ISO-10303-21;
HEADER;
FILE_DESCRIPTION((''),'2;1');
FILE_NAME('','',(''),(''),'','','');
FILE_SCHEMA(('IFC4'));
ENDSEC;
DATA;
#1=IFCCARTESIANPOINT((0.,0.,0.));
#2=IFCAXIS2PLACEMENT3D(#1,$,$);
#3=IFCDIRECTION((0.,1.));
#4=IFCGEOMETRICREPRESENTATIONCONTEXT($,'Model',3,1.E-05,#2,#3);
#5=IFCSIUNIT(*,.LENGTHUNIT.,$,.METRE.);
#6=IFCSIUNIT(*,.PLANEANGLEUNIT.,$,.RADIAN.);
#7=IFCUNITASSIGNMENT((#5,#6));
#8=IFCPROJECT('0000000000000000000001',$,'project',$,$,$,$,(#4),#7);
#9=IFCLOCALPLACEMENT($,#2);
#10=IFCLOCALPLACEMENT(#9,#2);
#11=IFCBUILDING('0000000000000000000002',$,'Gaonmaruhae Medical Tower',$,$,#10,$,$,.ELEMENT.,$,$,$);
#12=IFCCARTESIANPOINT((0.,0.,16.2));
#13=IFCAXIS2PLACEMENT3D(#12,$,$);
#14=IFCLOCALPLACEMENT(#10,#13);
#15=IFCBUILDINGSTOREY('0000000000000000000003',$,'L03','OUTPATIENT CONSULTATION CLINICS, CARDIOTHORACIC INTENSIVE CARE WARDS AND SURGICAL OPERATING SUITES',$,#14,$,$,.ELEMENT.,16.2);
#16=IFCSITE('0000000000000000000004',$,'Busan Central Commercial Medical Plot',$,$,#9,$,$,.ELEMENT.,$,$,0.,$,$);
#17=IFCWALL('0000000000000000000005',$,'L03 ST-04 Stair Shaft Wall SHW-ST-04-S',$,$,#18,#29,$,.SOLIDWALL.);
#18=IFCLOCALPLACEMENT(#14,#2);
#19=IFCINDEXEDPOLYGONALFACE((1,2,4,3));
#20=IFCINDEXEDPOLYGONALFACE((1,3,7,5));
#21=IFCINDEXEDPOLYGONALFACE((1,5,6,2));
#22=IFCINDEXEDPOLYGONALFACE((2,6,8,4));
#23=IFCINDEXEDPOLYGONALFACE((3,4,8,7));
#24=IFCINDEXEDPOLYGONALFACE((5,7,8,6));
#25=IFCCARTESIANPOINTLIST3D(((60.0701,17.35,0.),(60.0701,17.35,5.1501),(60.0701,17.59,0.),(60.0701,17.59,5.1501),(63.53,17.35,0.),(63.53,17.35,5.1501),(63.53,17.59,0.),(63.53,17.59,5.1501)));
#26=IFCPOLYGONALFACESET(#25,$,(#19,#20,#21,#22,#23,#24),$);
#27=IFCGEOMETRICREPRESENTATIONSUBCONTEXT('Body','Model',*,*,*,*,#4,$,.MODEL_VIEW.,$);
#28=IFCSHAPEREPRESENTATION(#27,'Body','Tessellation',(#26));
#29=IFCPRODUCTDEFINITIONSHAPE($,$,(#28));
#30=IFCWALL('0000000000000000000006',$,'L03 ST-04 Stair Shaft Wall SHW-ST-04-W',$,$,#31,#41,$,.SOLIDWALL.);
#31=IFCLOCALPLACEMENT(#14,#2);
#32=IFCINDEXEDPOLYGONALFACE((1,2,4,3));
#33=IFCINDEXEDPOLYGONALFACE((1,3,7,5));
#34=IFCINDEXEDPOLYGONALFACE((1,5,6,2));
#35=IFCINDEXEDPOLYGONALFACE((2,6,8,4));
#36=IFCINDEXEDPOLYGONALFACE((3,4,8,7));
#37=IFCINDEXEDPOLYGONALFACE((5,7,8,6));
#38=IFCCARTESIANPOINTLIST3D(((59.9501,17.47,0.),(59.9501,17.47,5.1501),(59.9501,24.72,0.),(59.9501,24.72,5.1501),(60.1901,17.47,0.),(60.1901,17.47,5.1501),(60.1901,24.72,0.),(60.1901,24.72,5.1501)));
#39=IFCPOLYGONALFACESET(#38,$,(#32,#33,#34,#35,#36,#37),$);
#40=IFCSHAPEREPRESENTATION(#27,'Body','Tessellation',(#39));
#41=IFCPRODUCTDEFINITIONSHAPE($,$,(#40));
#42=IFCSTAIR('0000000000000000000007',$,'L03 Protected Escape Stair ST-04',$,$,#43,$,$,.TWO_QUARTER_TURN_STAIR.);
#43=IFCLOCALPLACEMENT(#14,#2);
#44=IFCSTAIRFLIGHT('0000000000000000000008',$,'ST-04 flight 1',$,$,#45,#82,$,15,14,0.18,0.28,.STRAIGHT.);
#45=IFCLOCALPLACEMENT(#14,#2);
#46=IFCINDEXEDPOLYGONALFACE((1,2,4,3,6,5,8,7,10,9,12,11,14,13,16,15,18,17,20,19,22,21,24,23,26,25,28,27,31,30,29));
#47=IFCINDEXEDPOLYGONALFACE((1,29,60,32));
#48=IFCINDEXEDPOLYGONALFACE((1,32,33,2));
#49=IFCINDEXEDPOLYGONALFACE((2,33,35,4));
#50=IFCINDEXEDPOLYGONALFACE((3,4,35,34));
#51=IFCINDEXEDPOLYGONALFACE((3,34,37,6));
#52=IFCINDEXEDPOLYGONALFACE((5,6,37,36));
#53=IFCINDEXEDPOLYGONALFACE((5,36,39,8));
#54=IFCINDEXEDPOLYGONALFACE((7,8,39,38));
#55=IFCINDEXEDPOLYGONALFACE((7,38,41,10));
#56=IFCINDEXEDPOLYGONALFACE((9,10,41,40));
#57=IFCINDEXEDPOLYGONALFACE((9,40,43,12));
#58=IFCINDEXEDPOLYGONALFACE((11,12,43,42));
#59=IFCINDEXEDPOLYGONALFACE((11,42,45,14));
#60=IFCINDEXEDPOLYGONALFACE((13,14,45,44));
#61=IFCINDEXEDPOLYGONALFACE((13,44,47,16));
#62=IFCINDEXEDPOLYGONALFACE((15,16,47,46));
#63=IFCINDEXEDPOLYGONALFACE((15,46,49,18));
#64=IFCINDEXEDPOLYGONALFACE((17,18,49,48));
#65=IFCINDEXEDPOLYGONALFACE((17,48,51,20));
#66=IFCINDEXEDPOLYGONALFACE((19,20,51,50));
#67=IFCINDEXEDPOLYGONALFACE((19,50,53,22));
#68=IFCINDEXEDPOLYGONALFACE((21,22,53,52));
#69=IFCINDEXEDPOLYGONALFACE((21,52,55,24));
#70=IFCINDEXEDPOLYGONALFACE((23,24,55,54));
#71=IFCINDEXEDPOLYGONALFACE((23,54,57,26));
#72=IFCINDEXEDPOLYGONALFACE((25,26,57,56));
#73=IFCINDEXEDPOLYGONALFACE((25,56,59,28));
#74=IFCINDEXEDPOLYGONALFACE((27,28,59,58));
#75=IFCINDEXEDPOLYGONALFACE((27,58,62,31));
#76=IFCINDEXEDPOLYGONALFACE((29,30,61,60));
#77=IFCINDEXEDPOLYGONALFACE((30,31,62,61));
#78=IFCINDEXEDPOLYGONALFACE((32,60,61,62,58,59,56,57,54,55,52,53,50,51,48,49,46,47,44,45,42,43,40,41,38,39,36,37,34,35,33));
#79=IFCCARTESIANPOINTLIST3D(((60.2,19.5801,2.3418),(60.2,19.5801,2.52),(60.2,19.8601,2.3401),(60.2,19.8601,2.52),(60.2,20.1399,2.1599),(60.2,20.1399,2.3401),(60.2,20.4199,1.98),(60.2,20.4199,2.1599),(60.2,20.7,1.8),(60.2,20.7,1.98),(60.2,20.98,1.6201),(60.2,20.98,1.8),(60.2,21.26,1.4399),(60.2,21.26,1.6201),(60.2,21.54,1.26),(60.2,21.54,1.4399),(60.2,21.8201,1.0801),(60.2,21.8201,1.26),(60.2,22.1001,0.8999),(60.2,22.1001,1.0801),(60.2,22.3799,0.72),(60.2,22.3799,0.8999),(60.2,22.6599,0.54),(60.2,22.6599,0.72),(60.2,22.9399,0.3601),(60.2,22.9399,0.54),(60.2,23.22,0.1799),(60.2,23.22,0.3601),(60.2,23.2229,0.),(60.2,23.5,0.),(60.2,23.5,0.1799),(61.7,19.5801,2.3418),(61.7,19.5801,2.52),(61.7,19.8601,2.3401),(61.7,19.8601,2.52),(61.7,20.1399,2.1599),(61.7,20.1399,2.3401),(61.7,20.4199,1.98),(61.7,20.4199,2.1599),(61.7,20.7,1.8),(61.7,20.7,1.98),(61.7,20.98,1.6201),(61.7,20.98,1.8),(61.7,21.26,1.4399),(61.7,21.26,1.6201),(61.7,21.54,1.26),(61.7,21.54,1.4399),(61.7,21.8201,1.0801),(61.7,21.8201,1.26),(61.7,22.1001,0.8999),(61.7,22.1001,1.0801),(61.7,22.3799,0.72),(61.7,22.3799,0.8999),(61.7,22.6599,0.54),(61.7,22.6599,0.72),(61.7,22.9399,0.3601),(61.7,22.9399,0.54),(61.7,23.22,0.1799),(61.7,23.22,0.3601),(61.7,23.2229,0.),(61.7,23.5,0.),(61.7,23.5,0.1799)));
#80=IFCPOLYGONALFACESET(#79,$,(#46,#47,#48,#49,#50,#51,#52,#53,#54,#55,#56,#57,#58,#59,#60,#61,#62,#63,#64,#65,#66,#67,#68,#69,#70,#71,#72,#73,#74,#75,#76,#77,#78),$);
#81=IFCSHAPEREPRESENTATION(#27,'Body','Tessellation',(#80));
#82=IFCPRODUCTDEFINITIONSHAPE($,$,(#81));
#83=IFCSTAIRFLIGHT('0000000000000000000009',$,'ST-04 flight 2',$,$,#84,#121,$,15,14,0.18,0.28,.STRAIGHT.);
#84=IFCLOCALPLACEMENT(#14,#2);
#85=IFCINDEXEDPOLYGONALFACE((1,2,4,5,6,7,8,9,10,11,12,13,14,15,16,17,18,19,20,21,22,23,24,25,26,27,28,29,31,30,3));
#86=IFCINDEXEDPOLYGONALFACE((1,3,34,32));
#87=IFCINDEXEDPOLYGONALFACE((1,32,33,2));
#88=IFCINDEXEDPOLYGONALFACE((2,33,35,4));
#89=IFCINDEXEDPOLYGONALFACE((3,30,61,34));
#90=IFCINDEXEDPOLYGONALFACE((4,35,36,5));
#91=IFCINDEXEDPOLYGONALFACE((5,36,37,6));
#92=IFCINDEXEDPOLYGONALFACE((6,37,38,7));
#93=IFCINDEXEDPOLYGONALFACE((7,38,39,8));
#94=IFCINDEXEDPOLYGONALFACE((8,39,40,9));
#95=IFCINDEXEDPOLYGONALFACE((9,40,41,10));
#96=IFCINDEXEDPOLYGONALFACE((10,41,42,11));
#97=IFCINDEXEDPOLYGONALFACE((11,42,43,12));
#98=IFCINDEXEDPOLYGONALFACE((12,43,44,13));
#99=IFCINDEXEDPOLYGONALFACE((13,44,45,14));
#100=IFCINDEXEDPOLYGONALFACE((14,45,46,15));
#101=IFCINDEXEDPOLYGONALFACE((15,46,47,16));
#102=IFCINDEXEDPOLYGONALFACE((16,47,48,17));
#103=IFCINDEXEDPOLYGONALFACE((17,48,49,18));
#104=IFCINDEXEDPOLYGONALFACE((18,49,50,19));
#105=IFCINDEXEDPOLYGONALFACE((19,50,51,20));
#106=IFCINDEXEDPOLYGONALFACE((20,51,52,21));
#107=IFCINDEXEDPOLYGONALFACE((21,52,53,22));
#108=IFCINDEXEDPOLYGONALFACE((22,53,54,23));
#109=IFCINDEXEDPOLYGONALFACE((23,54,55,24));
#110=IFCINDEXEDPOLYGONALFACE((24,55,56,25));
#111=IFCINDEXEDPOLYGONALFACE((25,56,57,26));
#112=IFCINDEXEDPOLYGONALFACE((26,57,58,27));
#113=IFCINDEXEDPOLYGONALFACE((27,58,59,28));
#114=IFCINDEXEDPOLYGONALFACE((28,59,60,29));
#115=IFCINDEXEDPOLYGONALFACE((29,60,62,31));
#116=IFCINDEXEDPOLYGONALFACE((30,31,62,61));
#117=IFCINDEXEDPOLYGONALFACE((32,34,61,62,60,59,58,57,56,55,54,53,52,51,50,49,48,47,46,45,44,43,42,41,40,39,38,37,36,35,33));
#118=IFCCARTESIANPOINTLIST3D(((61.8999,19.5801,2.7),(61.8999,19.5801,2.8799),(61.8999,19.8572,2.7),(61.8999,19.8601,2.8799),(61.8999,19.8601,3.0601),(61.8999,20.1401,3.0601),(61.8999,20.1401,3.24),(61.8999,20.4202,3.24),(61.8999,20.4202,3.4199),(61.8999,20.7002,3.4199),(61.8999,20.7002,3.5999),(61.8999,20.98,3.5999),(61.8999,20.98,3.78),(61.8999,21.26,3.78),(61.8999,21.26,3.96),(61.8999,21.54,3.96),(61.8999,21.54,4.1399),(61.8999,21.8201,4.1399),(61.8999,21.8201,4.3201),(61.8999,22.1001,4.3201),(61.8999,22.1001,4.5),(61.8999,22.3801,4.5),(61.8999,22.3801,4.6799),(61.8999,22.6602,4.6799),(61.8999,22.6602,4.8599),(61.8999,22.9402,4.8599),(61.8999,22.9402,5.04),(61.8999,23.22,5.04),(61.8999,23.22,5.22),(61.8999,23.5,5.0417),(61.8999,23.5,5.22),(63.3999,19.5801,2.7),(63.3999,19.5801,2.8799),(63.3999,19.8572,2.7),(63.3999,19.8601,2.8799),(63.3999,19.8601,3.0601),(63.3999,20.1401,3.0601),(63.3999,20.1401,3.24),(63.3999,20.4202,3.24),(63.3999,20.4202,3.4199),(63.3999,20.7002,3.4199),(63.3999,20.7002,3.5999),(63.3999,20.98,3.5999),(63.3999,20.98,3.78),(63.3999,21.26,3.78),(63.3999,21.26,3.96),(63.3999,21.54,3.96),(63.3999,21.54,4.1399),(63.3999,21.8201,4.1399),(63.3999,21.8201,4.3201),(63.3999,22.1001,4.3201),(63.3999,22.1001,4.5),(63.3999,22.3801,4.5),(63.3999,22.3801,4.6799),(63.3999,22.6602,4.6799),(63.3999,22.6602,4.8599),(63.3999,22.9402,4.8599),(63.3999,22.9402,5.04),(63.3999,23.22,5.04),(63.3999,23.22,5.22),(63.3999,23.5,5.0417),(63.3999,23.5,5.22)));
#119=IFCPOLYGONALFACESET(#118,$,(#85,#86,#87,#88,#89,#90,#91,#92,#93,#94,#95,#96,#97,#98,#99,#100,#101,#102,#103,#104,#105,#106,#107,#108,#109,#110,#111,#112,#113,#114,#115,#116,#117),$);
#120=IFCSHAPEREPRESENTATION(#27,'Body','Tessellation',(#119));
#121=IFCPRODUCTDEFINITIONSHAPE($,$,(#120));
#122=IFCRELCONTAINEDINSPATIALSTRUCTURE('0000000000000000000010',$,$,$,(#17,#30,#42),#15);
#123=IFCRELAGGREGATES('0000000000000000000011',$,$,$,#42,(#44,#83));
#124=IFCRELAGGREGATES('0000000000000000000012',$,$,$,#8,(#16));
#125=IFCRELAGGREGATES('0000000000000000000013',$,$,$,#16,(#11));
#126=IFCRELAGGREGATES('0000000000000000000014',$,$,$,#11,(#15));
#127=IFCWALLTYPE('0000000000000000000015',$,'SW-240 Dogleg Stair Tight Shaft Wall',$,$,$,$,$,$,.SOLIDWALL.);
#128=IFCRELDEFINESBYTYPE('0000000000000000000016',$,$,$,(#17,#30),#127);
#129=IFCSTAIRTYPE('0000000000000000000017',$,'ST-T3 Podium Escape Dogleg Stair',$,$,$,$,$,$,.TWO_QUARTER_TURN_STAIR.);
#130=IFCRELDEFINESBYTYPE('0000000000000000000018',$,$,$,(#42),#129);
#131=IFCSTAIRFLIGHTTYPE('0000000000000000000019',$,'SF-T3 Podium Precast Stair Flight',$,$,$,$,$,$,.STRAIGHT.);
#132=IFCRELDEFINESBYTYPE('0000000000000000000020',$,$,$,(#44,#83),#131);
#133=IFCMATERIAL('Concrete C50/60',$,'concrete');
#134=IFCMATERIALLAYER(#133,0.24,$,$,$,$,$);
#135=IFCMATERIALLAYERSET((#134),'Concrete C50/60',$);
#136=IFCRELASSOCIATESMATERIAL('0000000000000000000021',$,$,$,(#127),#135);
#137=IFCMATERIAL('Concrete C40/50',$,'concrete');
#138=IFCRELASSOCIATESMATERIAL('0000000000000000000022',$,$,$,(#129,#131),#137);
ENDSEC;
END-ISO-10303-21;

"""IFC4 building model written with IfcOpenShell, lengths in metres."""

from ifc_helpers import new_model, si_unit, direction, frame, frame_2d, origin, place, context, subcontext, project, spatial, polyline, rectangle, outline, extrude, material, layer, layer_set, type_object, element, aggregate, save


model = new_model("IFC4")

# Units and contexts
model_context = context("Model", 3, precision=1e-05, world=origin(), true_north=direction((0.0, 1.0)))
body_context = subcontext(model_context, "Body", "Model", "MODEL_VIEW")
ifc_project = project(units=[si_unit("LENGTHUNIT", "METRE"), si_unit("PLANEANGLEUNIT", "RADIAN")], contexts=[model_context])

# Site, building, storey
site_placement = place(None, origin())
site = spatial("IfcSite", under=ifc_project, at=site_placement, Name="Busan Central Commercial Medical Plot", CompositionType="ELEMENT", RefElevation=0.0)
building_placement = place(site_placement, origin())
building = spatial("IfcBuilding", under=site, at=building_placement, Name="Gaonmaruhae Medical Tower", CompositionType="ELEMENT")
storey_placement = place(building_placement, frame((0.0, 0.0, 16.2)))
storey = spatial("IfcBuildingStorey", under=building, at=storey_placement, Name="L03", Description="OUTPATIENT CONSULTATION CLINICS, CARDIOTHORACIC INTENSIVE CARE WARDS AND SURGICAL OPERATING SUITES", CompositionType="ELEMENT", Elevation=16.2)

# Shared definitions
ifc_material_1 = material(Name="Concrete C50/60", Category="concrete")

# Shared definitions
ifc_layer_1 = layer(ifc_material_1, 0.24)
ifc_layer_set_1 = layer_set([ifc_layer_1], Name="Concrete C50/60")
wall_type_1 = type_object("IfcWallType", Name="SW-240 Dogleg Stair Tight Shaft Wall", PredefinedType="SOLIDWALL", material=ifc_layer_set_1)

# Walls
wall_1_placement = place(storey_placement, frame((63.53, 17.47, 0.0), z_axis=(0.0, 0.0, 1.0), x_axis=(-1.0, 0.0, 0.0)))
element("IfcWall", 1, at=wall_1_placement, inside=storey, type_object=wall_type_1, Name="L03 ST-04 Stair Shaft Wall SHW-ST-04-S", PredefinedType="SOLIDWALL", context=body_context, shape_type="SweptSolid", body=[
    extrude(rectangle(XDim=3.46, YDim=0.24, at=frame_2d((1.73, 0.0))), origin(), (0.0, 0.0, 1.0), 5.1501),
])
wall_2_placement = place(storey_placement, frame((60.0701, 17.47, 0.0), z_axis=(0.0, 0.0, 1.0), x_axis=(0.0, 1.0, 0.0)))
element("IfcWall", 2, at=wall_2_placement, inside=storey, type_object=wall_type_1, Name="L03 ST-04 Stair Shaft Wall SHW-ST-04-W", PredefinedType="SOLIDWALL", context=body_context, shape_type="SweptSolid", body=[
    extrude(rectangle(XDim=7.25, YDim=0.24, at=frame_2d((3.625, 0.0))), origin(), (0.0, 0.0, 1.0), 5.1501),
])

# Stair, stair flights
ifc_material_2 = material(Name="Concrete C40/50", Category="concrete")
stair_type = type_object("IfcStairType", Name="ST-T3 Podium Escape Dogleg Stair", PredefinedType="TWO_QUARTER_TURN_STAIR", material=ifc_material_2)
stair_placement = place(storey_placement, origin())
stair = element("IfcStair", 3, at=stair_placement, inside=storey, type_object=stair_type, Name="L03 Protected Escape Stair ST-04", PredefinedType="TWO_QUARTER_TURN_STAIR")
stair_flight_type = type_object("IfcStairFlightType", Name="SF-T3 Podium Precast Stair Flight", PredefinedType="STRAIGHT", material=ifc_material_2)
stair_flight_1_placement = place(storey_placement, frame((60.95, 23.5, 0.0), z_axis=(0.0, 0.0, 1.0), x_axis=(0.0, -1.0, 0.0)))
stair_flight_1 = element("IfcStairFlight", 4, at=stair_flight_1_placement, type_object=stair_flight_type, Name="ST-04 flight 1", NumberOfRisers=15, NumberOfTreads=14, PredefinedType="STRAIGHT", RiserHeight=0.18, TreadLength=0.28, context=body_context, shape_type="SweptSolid", body=[
    extrude(outline(polyline([(0.0, 0.0), (0.0, 0.1799), (0.28, 0.1799), (0.28, 0.3601), (0.5601, 0.3601), (0.5601, 0.54), (0.8401, 0.54), (0.8401, 0.72), (1.1201, 0.72), (1.1201, 0.8999), (1.3999, 0.8999), (1.3999, 1.0801), (1.6799, 1.0801), (1.6799, 1.26), (1.96, 1.26), (1.96, 1.4399), (2.24, 1.4399), (2.24, 1.6201), (2.52, 1.6201), (2.52, 1.8), (2.8, 1.8), (2.8, 1.98), (3.0801, 1.98), (3.0801, 2.1599), (3.3601, 2.1599), (3.3601, 2.3401), (3.6399, 2.3401), (3.6399, 2.52), (3.9199, 2.52), (3.9199, 2.7), (3.9199, 2.3418), (0.2771, 0.0), (0.0, 0.0)])), frame((0.0, 0.75, 0.0), z_axis=(0.0, -1.0, 0.0), x_axis=(1.0, 0.0, 0.0)), (0.0, 0.0, 1.0), 1.5),
])
stair_flight_2_placement = place(storey_placement, frame((62.6499, 19.5801, 2.7), z_axis=(0.0, 0.0, 1.0), x_axis=(0.0, 1.0, 0.0)))
stair_flight_2 = element("IfcStairFlight", 5, at=stair_flight_2_placement, type_object=stair_flight_type, Name="ST-04 flight 2", NumberOfRisers=15, NumberOfTreads=14, PredefinedType="STRAIGHT", RiserHeight=0.18, TreadLength=0.28, context=body_context, shape_type="SweptSolid", body=[
    extrude(outline(polyline([(0.0, 0.0), (0.0, 0.1799), (0.28, 0.1799), (0.28, 0.3601), (0.5601, 0.3601), (0.5601, 0.54), (0.8401, 0.54), (0.8401, 0.72), (1.1201, 0.72), (1.1201, 0.8999), (1.3999, 0.8999), (1.3999, 1.0801), (1.6799, 1.0801), (1.6799, 1.26), (1.96, 1.26), (1.96, 1.4399), (2.24, 1.4399), (2.24, 1.6201), (2.52, 1.6201), (2.52, 1.8), (2.8, 1.8), (2.8, 1.98), (3.0801, 1.98), (3.0801, 2.1599), (3.3601, 2.1599), (3.3601, 2.3401), (3.6399, 2.3401), (3.6399, 2.52), (3.9199, 2.52), (3.9199, 2.7), (3.9199, 2.3418), (0.2771, 0.0), (0.0, 0.0)])), frame((0.0, 0.75, 0.0), z_axis=(0.0, -1.0, 0.0), x_axis=(1.0, 0.0, 0.0)), (0.0, 0.0, 1.0), 1.5),
])
aggregate(stair, [stair_flight_1, stair_flight_2])

save(model, "model.ifc")
